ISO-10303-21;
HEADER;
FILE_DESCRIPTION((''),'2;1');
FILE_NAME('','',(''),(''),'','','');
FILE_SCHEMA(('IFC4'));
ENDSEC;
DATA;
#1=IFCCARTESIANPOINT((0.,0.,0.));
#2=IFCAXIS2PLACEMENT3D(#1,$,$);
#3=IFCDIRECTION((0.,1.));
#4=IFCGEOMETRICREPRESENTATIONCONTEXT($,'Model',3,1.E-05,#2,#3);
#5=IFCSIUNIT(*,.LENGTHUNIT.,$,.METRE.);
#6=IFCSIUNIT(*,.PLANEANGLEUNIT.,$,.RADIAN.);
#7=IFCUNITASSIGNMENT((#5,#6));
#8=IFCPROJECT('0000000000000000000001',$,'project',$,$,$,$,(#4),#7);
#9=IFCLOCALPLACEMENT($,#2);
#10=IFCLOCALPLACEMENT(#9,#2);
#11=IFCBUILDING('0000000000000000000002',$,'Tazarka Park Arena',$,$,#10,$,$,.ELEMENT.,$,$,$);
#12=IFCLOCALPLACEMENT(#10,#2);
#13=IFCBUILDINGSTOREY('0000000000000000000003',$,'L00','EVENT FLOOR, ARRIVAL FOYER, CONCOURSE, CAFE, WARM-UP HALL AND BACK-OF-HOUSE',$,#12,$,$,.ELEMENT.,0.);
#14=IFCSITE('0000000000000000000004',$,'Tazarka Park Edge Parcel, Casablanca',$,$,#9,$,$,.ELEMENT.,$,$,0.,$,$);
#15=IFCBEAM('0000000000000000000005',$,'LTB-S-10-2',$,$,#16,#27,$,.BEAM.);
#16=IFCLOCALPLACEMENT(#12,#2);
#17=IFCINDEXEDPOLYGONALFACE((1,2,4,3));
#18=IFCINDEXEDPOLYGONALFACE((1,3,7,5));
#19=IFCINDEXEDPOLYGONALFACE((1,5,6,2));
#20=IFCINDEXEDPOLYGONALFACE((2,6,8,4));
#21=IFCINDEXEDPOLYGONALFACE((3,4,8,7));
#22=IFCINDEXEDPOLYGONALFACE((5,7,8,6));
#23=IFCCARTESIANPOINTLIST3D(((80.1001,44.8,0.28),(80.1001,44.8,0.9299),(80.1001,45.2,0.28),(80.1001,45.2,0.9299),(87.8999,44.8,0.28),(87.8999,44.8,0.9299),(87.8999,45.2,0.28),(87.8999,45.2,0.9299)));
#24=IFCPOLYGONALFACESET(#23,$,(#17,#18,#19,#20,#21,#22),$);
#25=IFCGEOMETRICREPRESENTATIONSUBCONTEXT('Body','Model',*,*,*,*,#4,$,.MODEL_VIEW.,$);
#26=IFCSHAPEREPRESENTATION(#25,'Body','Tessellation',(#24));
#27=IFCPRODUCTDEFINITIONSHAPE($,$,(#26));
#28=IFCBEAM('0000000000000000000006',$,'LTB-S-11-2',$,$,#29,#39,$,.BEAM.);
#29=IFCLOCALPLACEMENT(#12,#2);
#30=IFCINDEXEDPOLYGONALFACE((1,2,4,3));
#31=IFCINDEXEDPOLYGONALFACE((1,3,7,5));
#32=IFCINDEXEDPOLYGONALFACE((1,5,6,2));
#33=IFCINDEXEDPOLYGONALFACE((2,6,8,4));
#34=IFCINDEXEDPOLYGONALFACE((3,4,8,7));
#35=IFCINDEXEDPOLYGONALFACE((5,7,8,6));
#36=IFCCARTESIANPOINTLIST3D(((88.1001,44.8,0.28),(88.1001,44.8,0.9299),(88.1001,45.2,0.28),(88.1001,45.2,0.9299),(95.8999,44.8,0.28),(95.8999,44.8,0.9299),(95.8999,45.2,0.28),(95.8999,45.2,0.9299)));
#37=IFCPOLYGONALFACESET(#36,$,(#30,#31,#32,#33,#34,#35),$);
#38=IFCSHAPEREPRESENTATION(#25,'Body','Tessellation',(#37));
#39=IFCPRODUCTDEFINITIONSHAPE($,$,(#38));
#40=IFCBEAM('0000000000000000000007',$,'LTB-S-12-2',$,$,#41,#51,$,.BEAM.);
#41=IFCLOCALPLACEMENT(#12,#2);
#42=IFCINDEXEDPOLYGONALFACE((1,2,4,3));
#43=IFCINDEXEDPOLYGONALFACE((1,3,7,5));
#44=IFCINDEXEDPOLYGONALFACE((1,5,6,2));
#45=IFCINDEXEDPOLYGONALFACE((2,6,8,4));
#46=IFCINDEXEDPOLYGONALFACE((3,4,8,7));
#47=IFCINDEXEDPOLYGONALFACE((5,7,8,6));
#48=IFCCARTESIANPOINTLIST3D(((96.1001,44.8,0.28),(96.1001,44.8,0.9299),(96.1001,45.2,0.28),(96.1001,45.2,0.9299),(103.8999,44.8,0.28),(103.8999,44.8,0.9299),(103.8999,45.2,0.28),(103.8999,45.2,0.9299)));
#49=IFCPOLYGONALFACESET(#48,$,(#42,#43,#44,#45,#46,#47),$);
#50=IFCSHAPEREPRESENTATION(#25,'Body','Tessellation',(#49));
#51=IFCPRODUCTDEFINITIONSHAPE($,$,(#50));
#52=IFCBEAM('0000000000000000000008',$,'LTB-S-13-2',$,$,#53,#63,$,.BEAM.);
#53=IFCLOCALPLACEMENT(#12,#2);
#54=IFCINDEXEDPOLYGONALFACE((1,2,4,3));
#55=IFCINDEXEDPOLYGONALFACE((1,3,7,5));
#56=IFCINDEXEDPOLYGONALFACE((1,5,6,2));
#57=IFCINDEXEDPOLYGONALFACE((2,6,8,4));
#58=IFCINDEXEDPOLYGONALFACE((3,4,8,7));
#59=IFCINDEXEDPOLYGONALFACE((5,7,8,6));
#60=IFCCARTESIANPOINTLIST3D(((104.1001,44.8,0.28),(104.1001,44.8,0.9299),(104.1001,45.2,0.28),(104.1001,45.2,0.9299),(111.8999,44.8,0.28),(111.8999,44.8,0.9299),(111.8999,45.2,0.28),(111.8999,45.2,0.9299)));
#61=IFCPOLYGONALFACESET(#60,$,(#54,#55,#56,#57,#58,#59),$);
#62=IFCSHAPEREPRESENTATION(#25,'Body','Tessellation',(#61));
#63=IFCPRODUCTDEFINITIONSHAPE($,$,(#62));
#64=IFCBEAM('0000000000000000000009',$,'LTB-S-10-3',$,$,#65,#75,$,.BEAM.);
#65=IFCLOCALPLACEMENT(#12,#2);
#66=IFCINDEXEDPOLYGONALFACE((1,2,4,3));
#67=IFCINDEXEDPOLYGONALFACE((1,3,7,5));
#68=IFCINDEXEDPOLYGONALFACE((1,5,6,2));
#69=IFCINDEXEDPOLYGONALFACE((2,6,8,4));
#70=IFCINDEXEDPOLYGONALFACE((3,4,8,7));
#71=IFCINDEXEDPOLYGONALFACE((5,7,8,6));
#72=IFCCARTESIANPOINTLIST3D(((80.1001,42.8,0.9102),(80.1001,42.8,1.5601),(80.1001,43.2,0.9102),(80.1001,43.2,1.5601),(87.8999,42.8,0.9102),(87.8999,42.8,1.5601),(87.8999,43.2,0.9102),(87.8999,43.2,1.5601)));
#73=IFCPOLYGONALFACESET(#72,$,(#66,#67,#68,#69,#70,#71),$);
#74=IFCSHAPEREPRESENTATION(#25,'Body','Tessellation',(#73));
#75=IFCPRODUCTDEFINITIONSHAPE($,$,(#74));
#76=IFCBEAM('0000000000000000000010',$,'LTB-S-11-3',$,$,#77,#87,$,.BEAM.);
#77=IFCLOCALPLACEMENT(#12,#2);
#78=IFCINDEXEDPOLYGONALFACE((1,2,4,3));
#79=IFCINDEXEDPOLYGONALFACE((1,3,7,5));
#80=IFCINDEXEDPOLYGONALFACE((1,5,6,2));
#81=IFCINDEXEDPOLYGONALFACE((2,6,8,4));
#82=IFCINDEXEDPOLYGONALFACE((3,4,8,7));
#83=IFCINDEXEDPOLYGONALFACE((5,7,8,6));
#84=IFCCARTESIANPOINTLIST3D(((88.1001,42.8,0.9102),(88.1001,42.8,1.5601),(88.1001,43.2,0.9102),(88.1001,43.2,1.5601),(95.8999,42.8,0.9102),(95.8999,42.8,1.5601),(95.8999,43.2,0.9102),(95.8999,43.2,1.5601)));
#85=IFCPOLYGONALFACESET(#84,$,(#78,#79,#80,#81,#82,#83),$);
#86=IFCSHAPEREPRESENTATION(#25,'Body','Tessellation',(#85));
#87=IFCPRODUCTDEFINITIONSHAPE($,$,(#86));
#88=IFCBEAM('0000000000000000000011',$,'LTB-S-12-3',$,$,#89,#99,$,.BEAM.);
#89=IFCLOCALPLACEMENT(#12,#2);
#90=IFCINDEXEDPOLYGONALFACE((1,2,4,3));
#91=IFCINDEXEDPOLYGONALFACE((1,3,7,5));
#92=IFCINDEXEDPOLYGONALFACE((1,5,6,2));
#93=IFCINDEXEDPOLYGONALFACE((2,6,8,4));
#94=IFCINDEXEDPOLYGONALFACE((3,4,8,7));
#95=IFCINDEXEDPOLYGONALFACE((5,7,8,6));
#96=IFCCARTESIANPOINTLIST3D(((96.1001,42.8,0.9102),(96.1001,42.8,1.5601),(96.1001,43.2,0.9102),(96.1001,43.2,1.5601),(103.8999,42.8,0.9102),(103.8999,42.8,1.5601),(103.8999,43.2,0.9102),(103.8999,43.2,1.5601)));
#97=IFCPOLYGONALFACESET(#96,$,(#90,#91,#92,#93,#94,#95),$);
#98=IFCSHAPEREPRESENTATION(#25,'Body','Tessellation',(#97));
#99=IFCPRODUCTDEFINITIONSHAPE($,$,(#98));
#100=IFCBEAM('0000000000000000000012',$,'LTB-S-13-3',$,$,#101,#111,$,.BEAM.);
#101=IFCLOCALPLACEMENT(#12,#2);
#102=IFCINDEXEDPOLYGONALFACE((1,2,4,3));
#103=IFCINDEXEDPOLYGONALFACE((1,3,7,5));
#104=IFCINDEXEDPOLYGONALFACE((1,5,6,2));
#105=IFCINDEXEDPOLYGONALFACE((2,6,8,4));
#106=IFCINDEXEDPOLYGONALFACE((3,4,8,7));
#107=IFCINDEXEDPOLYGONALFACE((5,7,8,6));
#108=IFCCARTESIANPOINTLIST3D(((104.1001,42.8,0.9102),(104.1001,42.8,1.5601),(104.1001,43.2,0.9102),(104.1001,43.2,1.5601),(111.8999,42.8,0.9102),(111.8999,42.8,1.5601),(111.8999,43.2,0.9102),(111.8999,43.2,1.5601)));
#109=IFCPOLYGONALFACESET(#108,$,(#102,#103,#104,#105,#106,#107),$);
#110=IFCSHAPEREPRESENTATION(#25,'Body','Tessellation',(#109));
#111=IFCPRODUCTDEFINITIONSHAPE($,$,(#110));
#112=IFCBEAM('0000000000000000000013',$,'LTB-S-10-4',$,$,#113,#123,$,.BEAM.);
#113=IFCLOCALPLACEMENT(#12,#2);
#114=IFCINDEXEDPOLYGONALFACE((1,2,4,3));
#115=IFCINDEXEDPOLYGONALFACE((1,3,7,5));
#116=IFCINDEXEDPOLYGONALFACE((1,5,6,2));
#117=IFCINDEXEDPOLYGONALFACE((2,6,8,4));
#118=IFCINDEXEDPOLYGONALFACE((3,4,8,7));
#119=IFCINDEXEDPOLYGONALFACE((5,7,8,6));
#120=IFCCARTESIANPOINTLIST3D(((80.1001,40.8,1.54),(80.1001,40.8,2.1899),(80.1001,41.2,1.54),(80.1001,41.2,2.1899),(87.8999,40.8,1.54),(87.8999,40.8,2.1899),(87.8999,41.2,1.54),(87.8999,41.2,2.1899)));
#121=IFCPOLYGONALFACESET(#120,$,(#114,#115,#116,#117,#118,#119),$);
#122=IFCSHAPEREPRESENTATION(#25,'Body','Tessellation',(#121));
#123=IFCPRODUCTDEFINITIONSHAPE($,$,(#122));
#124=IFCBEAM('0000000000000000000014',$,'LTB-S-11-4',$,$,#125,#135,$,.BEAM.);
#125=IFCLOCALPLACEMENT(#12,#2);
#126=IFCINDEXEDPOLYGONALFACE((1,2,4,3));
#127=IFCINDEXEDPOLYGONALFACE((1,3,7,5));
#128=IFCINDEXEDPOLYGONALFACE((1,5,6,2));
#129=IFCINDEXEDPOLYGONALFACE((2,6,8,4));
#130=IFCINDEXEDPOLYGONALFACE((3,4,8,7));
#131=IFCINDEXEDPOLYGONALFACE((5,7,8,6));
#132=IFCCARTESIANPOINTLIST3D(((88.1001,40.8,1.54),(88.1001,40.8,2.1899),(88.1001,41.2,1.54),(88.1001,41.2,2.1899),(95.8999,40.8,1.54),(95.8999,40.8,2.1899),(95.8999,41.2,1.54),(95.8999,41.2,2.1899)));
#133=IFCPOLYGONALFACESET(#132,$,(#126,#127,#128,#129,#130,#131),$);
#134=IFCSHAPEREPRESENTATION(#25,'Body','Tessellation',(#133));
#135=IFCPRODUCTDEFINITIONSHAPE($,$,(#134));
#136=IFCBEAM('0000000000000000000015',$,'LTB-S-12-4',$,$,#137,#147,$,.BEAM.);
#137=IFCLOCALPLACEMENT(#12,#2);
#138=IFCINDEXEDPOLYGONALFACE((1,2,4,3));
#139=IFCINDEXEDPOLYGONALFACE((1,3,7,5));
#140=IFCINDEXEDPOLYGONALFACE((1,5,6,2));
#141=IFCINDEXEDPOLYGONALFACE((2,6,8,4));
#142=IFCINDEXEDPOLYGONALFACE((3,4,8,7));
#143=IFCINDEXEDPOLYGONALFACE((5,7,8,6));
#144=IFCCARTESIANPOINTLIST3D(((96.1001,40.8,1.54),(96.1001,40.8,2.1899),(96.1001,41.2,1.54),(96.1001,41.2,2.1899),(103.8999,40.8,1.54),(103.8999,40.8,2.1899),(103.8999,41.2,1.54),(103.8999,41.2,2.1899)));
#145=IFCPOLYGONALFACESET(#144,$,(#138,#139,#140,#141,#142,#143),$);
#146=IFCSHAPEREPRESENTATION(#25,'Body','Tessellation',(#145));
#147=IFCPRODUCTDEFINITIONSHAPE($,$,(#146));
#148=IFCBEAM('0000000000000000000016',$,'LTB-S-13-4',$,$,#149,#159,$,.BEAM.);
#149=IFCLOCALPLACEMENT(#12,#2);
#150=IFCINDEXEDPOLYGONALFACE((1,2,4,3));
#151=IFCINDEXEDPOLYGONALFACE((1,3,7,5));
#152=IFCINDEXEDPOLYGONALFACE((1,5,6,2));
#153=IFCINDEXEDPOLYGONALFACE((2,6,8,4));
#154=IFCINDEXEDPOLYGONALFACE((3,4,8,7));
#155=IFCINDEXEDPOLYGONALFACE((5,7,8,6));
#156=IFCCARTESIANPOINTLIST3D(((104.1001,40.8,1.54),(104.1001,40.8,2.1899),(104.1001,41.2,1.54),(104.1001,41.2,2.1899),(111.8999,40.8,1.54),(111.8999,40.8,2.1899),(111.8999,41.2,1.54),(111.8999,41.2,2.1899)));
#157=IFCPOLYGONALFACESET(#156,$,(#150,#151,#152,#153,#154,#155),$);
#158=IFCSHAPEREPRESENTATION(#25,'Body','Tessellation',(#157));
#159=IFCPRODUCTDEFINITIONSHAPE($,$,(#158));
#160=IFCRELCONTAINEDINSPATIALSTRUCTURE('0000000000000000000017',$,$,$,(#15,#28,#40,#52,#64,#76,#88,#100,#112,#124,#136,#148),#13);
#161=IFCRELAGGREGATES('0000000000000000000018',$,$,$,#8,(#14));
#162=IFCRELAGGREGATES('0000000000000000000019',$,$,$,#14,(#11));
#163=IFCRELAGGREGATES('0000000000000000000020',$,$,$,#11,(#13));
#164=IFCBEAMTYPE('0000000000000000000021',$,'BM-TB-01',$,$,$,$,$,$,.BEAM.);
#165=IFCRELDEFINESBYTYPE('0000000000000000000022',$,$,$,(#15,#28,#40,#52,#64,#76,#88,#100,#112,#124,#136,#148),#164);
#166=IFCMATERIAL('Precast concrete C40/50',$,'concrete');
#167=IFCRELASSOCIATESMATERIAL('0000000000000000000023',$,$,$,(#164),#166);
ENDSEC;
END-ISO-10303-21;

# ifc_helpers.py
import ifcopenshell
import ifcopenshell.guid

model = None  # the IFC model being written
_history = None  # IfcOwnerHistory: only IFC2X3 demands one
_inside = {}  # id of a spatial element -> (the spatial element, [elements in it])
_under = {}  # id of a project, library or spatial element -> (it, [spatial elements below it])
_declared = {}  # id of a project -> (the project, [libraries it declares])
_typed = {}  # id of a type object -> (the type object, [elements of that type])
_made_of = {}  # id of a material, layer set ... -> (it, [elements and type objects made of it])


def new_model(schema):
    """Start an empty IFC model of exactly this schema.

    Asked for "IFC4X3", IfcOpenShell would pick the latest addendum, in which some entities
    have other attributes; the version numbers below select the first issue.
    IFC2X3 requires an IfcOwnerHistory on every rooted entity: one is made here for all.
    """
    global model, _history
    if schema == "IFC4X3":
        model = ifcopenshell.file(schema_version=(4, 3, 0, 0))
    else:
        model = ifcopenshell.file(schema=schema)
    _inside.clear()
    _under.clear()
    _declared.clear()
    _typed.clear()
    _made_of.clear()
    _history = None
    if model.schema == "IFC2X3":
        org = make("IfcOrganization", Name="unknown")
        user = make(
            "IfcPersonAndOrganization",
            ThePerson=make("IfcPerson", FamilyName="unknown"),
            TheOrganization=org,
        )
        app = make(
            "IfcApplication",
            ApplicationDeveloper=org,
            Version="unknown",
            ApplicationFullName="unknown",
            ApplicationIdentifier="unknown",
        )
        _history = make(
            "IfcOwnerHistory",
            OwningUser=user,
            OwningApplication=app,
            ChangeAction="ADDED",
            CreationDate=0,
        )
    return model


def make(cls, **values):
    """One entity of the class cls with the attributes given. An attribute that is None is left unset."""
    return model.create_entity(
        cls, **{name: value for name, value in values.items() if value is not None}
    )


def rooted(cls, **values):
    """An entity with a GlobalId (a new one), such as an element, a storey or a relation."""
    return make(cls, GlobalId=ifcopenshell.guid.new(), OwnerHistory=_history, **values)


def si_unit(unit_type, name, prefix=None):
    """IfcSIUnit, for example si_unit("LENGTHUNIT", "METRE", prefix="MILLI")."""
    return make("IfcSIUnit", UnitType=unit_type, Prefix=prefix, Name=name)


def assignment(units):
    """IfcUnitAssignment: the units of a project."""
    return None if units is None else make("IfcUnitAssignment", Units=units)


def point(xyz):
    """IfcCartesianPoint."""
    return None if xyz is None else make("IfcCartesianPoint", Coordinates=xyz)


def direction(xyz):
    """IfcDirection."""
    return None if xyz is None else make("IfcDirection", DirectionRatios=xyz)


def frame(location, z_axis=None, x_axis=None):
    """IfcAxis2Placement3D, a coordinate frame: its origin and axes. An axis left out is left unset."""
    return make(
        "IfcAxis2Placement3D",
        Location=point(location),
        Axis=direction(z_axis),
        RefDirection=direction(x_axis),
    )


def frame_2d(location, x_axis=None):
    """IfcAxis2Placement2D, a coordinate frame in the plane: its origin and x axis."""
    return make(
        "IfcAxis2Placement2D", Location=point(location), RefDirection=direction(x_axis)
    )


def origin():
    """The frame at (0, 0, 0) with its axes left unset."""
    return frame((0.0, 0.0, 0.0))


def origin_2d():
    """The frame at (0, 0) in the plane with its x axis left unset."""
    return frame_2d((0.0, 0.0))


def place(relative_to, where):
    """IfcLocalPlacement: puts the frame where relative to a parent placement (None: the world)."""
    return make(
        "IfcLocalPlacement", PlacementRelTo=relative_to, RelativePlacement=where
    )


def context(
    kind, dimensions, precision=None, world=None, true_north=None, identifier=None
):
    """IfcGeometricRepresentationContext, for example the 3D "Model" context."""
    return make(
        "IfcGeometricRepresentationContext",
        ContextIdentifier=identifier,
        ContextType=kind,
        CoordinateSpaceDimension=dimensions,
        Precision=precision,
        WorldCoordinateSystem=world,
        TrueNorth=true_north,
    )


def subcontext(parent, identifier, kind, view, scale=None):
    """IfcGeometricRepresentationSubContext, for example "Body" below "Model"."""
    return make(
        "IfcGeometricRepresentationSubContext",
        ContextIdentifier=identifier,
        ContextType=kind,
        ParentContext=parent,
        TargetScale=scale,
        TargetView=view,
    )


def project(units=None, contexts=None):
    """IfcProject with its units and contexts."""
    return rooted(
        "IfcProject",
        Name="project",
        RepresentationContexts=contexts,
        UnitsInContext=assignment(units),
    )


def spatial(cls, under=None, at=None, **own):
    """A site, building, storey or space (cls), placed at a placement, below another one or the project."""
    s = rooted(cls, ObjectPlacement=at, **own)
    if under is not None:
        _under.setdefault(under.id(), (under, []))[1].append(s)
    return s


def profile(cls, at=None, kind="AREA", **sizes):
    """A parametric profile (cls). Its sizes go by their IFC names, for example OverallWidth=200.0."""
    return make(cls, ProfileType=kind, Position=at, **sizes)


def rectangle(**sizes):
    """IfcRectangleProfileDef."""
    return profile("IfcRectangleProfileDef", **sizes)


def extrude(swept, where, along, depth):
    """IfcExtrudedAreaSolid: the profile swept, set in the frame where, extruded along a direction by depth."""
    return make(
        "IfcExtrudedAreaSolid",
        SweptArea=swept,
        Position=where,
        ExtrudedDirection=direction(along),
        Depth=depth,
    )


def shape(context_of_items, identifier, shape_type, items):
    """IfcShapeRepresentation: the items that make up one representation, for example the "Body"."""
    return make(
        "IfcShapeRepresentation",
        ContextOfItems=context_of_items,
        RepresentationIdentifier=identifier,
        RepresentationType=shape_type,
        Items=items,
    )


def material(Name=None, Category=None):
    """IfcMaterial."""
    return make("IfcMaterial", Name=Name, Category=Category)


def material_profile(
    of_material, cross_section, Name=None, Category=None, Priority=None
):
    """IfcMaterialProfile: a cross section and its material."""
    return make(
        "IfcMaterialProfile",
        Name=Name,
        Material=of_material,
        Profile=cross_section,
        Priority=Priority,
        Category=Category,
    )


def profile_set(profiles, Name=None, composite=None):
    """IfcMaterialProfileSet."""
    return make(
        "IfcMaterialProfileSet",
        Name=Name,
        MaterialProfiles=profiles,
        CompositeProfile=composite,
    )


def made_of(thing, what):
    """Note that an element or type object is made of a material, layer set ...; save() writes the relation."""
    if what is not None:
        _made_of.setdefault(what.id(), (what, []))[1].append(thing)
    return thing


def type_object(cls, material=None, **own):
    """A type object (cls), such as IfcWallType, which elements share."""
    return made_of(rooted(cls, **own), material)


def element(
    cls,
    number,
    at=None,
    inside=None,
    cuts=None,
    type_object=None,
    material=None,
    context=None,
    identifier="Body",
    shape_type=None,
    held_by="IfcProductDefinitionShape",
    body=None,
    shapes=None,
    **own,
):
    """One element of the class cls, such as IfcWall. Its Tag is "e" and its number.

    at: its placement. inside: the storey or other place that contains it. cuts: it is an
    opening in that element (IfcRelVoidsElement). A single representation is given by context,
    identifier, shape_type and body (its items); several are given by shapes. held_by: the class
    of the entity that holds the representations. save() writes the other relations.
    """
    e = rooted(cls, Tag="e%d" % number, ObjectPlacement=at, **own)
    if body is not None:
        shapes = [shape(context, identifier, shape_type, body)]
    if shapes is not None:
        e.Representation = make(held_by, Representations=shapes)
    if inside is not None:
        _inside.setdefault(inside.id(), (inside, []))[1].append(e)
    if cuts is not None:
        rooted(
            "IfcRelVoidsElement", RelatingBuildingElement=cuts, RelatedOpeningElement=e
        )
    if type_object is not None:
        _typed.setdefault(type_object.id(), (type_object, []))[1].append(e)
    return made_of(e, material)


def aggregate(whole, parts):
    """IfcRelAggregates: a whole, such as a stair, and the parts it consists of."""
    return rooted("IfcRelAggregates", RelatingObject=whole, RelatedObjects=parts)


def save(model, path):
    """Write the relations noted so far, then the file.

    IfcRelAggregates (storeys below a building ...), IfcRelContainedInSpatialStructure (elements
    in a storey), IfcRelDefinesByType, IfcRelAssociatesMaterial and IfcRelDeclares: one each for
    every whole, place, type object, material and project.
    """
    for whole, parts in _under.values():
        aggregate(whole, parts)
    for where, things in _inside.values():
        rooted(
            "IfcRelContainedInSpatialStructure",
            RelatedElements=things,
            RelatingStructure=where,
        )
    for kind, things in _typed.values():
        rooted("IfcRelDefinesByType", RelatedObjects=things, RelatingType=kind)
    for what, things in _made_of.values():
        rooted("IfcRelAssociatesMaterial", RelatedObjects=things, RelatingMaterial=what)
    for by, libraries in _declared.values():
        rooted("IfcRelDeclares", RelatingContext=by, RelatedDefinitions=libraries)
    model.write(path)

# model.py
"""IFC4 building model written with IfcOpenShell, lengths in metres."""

from ifc_helpers import new_model, si_unit, direction, frame, origin, origin_2d, place, context, subcontext, project, spatial, rectangle, extrude, material, material_profile, profile_set, type_object, element, save


model = new_model("IFC4")

# Units and contexts
model_context = context("Model", 3, precision=1e-05, world=origin(), true_north=direction((0.0, 1.0)))
body_context = subcontext(model_context, "Body", "Model", "MODEL_VIEW")
ifc_project = project(units=[si_unit("LENGTHUNIT", "METRE"), si_unit("PLANEANGLEUNIT", "RADIAN")], contexts=[model_context])

# Site, building, storey
site_placement = place(None, origin())
site = spatial("IfcSite", under=ifc_project, at=site_placement, Name="Tazarka Park Edge Parcel, Casablanca", CompositionType="ELEMENT", RefElevation=0.0)
building_placement = place(site_placement, origin())
building = spatial("IfcBuilding", under=site, at=building_placement, Name="Tazarka Park Arena", CompositionType="ELEMENT")
storey_placement = place(building_placement, origin())
storey = spatial("IfcBuildingStorey", under=building, at=storey_placement, Name="L00", Description="EVENT FLOOR, ARRIVAL FOYER, CONCOURSE, CAFE, WARM-UP HALL AND BACK-OF-HOUSE", CompositionType="ELEMENT", Elevation=0.0)

# Beams
ifc_material_1 = material(Name="Precast concrete C40/50", Category="concrete")
ifc_material_profile_1 = material_profile(ifc_material_1, rectangle(XDim=0.3999, YDim=0.6499, at=origin_2d()), Name="Precast concrete C40/50")
ifc_profile_set_1 = profile_set([ifc_material_profile_1], Name="Precast concrete C40/50")
beam_type_1 = type_object("IfcBeamType", Name="BM-TB-01", PredefinedType="BEAM", material=ifc_profile_set_1)
for number, where, z_axis, x_axis, name in (
    (1, (80.1001, 45.0, 0.605), (1.0, 0.0, 0.0), (0.0, 1.0, 0.0), "LTB-S-10-2"),
    (2, (88.1001, 45.0, 0.605), (1.0, 0.0, 0.0), (0.0, 1.0, 0.0), "LTB-S-11-2"),
    (3, (96.1001, 45.0, 0.605), (1.0, 0.0, 0.0), (0.0, 1.0, 0.0), "LTB-S-12-2"),
    (4, (104.1001, 45.0, 0.605), (1.0, 0.0, 0.0), (0.0, 1.0, 0.0), "LTB-S-13-2"),
    (5, (80.1001, 43.0, 1.2351), (1.0, 0.0, 0.0), (0.0, 1.0, 0.0), "LTB-S-10-3"),
    (6, (88.1001, 43.0, 1.2351), (1.0, 0.0, 0.0), (0.0, 1.0, 0.0), "LTB-S-11-3"),
    (7, (96.1001, 43.0, 1.2351), (1.0, 0.0, 0.0), (0.0, 1.0, 0.0), "LTB-S-12-3"),
    (8, (104.1001, 43.0, 1.2351), (1.0, 0.0, 0.0), (0.0, 1.0, 0.0), "LTB-S-13-3"),
    (9, (80.1001, 41.0, 1.865), (1.0, 0.0, 0.0), (0.0, 1.0, 0.0), "LTB-S-10-4"),
    (10, (88.1001, 41.0, 1.865), (1.0, 0.0, 0.0), (0.0, 1.0, 0.0), "LTB-S-11-4"),
    (11, (96.1001, 41.0, 1.865), (1.0, 0.0, 0.0), (0.0, 1.0, 0.0), "LTB-S-12-4"),
    (12, (104.1001, 41.0, 1.865), (1.0, 0.0, 0.0), (0.0, 1.0, 0.0), "LTB-S-13-4"),
):
    element("IfcBeam", number, at=place(storey_placement, frame(where, z_axis=z_axis, x_axis=x_axis)), inside=storey, type_object=beam_type_1, Name=name, PredefinedType="BEAM", context=body_context, shape_type="SweptSolid", body=[
        extrude(rectangle(XDim=0.3999, YDim=0.6499, at=origin_2d()), origin(), (0.0, 0.0, 1.0), 7.7998),
    ])

save(model, "model.ifc")
